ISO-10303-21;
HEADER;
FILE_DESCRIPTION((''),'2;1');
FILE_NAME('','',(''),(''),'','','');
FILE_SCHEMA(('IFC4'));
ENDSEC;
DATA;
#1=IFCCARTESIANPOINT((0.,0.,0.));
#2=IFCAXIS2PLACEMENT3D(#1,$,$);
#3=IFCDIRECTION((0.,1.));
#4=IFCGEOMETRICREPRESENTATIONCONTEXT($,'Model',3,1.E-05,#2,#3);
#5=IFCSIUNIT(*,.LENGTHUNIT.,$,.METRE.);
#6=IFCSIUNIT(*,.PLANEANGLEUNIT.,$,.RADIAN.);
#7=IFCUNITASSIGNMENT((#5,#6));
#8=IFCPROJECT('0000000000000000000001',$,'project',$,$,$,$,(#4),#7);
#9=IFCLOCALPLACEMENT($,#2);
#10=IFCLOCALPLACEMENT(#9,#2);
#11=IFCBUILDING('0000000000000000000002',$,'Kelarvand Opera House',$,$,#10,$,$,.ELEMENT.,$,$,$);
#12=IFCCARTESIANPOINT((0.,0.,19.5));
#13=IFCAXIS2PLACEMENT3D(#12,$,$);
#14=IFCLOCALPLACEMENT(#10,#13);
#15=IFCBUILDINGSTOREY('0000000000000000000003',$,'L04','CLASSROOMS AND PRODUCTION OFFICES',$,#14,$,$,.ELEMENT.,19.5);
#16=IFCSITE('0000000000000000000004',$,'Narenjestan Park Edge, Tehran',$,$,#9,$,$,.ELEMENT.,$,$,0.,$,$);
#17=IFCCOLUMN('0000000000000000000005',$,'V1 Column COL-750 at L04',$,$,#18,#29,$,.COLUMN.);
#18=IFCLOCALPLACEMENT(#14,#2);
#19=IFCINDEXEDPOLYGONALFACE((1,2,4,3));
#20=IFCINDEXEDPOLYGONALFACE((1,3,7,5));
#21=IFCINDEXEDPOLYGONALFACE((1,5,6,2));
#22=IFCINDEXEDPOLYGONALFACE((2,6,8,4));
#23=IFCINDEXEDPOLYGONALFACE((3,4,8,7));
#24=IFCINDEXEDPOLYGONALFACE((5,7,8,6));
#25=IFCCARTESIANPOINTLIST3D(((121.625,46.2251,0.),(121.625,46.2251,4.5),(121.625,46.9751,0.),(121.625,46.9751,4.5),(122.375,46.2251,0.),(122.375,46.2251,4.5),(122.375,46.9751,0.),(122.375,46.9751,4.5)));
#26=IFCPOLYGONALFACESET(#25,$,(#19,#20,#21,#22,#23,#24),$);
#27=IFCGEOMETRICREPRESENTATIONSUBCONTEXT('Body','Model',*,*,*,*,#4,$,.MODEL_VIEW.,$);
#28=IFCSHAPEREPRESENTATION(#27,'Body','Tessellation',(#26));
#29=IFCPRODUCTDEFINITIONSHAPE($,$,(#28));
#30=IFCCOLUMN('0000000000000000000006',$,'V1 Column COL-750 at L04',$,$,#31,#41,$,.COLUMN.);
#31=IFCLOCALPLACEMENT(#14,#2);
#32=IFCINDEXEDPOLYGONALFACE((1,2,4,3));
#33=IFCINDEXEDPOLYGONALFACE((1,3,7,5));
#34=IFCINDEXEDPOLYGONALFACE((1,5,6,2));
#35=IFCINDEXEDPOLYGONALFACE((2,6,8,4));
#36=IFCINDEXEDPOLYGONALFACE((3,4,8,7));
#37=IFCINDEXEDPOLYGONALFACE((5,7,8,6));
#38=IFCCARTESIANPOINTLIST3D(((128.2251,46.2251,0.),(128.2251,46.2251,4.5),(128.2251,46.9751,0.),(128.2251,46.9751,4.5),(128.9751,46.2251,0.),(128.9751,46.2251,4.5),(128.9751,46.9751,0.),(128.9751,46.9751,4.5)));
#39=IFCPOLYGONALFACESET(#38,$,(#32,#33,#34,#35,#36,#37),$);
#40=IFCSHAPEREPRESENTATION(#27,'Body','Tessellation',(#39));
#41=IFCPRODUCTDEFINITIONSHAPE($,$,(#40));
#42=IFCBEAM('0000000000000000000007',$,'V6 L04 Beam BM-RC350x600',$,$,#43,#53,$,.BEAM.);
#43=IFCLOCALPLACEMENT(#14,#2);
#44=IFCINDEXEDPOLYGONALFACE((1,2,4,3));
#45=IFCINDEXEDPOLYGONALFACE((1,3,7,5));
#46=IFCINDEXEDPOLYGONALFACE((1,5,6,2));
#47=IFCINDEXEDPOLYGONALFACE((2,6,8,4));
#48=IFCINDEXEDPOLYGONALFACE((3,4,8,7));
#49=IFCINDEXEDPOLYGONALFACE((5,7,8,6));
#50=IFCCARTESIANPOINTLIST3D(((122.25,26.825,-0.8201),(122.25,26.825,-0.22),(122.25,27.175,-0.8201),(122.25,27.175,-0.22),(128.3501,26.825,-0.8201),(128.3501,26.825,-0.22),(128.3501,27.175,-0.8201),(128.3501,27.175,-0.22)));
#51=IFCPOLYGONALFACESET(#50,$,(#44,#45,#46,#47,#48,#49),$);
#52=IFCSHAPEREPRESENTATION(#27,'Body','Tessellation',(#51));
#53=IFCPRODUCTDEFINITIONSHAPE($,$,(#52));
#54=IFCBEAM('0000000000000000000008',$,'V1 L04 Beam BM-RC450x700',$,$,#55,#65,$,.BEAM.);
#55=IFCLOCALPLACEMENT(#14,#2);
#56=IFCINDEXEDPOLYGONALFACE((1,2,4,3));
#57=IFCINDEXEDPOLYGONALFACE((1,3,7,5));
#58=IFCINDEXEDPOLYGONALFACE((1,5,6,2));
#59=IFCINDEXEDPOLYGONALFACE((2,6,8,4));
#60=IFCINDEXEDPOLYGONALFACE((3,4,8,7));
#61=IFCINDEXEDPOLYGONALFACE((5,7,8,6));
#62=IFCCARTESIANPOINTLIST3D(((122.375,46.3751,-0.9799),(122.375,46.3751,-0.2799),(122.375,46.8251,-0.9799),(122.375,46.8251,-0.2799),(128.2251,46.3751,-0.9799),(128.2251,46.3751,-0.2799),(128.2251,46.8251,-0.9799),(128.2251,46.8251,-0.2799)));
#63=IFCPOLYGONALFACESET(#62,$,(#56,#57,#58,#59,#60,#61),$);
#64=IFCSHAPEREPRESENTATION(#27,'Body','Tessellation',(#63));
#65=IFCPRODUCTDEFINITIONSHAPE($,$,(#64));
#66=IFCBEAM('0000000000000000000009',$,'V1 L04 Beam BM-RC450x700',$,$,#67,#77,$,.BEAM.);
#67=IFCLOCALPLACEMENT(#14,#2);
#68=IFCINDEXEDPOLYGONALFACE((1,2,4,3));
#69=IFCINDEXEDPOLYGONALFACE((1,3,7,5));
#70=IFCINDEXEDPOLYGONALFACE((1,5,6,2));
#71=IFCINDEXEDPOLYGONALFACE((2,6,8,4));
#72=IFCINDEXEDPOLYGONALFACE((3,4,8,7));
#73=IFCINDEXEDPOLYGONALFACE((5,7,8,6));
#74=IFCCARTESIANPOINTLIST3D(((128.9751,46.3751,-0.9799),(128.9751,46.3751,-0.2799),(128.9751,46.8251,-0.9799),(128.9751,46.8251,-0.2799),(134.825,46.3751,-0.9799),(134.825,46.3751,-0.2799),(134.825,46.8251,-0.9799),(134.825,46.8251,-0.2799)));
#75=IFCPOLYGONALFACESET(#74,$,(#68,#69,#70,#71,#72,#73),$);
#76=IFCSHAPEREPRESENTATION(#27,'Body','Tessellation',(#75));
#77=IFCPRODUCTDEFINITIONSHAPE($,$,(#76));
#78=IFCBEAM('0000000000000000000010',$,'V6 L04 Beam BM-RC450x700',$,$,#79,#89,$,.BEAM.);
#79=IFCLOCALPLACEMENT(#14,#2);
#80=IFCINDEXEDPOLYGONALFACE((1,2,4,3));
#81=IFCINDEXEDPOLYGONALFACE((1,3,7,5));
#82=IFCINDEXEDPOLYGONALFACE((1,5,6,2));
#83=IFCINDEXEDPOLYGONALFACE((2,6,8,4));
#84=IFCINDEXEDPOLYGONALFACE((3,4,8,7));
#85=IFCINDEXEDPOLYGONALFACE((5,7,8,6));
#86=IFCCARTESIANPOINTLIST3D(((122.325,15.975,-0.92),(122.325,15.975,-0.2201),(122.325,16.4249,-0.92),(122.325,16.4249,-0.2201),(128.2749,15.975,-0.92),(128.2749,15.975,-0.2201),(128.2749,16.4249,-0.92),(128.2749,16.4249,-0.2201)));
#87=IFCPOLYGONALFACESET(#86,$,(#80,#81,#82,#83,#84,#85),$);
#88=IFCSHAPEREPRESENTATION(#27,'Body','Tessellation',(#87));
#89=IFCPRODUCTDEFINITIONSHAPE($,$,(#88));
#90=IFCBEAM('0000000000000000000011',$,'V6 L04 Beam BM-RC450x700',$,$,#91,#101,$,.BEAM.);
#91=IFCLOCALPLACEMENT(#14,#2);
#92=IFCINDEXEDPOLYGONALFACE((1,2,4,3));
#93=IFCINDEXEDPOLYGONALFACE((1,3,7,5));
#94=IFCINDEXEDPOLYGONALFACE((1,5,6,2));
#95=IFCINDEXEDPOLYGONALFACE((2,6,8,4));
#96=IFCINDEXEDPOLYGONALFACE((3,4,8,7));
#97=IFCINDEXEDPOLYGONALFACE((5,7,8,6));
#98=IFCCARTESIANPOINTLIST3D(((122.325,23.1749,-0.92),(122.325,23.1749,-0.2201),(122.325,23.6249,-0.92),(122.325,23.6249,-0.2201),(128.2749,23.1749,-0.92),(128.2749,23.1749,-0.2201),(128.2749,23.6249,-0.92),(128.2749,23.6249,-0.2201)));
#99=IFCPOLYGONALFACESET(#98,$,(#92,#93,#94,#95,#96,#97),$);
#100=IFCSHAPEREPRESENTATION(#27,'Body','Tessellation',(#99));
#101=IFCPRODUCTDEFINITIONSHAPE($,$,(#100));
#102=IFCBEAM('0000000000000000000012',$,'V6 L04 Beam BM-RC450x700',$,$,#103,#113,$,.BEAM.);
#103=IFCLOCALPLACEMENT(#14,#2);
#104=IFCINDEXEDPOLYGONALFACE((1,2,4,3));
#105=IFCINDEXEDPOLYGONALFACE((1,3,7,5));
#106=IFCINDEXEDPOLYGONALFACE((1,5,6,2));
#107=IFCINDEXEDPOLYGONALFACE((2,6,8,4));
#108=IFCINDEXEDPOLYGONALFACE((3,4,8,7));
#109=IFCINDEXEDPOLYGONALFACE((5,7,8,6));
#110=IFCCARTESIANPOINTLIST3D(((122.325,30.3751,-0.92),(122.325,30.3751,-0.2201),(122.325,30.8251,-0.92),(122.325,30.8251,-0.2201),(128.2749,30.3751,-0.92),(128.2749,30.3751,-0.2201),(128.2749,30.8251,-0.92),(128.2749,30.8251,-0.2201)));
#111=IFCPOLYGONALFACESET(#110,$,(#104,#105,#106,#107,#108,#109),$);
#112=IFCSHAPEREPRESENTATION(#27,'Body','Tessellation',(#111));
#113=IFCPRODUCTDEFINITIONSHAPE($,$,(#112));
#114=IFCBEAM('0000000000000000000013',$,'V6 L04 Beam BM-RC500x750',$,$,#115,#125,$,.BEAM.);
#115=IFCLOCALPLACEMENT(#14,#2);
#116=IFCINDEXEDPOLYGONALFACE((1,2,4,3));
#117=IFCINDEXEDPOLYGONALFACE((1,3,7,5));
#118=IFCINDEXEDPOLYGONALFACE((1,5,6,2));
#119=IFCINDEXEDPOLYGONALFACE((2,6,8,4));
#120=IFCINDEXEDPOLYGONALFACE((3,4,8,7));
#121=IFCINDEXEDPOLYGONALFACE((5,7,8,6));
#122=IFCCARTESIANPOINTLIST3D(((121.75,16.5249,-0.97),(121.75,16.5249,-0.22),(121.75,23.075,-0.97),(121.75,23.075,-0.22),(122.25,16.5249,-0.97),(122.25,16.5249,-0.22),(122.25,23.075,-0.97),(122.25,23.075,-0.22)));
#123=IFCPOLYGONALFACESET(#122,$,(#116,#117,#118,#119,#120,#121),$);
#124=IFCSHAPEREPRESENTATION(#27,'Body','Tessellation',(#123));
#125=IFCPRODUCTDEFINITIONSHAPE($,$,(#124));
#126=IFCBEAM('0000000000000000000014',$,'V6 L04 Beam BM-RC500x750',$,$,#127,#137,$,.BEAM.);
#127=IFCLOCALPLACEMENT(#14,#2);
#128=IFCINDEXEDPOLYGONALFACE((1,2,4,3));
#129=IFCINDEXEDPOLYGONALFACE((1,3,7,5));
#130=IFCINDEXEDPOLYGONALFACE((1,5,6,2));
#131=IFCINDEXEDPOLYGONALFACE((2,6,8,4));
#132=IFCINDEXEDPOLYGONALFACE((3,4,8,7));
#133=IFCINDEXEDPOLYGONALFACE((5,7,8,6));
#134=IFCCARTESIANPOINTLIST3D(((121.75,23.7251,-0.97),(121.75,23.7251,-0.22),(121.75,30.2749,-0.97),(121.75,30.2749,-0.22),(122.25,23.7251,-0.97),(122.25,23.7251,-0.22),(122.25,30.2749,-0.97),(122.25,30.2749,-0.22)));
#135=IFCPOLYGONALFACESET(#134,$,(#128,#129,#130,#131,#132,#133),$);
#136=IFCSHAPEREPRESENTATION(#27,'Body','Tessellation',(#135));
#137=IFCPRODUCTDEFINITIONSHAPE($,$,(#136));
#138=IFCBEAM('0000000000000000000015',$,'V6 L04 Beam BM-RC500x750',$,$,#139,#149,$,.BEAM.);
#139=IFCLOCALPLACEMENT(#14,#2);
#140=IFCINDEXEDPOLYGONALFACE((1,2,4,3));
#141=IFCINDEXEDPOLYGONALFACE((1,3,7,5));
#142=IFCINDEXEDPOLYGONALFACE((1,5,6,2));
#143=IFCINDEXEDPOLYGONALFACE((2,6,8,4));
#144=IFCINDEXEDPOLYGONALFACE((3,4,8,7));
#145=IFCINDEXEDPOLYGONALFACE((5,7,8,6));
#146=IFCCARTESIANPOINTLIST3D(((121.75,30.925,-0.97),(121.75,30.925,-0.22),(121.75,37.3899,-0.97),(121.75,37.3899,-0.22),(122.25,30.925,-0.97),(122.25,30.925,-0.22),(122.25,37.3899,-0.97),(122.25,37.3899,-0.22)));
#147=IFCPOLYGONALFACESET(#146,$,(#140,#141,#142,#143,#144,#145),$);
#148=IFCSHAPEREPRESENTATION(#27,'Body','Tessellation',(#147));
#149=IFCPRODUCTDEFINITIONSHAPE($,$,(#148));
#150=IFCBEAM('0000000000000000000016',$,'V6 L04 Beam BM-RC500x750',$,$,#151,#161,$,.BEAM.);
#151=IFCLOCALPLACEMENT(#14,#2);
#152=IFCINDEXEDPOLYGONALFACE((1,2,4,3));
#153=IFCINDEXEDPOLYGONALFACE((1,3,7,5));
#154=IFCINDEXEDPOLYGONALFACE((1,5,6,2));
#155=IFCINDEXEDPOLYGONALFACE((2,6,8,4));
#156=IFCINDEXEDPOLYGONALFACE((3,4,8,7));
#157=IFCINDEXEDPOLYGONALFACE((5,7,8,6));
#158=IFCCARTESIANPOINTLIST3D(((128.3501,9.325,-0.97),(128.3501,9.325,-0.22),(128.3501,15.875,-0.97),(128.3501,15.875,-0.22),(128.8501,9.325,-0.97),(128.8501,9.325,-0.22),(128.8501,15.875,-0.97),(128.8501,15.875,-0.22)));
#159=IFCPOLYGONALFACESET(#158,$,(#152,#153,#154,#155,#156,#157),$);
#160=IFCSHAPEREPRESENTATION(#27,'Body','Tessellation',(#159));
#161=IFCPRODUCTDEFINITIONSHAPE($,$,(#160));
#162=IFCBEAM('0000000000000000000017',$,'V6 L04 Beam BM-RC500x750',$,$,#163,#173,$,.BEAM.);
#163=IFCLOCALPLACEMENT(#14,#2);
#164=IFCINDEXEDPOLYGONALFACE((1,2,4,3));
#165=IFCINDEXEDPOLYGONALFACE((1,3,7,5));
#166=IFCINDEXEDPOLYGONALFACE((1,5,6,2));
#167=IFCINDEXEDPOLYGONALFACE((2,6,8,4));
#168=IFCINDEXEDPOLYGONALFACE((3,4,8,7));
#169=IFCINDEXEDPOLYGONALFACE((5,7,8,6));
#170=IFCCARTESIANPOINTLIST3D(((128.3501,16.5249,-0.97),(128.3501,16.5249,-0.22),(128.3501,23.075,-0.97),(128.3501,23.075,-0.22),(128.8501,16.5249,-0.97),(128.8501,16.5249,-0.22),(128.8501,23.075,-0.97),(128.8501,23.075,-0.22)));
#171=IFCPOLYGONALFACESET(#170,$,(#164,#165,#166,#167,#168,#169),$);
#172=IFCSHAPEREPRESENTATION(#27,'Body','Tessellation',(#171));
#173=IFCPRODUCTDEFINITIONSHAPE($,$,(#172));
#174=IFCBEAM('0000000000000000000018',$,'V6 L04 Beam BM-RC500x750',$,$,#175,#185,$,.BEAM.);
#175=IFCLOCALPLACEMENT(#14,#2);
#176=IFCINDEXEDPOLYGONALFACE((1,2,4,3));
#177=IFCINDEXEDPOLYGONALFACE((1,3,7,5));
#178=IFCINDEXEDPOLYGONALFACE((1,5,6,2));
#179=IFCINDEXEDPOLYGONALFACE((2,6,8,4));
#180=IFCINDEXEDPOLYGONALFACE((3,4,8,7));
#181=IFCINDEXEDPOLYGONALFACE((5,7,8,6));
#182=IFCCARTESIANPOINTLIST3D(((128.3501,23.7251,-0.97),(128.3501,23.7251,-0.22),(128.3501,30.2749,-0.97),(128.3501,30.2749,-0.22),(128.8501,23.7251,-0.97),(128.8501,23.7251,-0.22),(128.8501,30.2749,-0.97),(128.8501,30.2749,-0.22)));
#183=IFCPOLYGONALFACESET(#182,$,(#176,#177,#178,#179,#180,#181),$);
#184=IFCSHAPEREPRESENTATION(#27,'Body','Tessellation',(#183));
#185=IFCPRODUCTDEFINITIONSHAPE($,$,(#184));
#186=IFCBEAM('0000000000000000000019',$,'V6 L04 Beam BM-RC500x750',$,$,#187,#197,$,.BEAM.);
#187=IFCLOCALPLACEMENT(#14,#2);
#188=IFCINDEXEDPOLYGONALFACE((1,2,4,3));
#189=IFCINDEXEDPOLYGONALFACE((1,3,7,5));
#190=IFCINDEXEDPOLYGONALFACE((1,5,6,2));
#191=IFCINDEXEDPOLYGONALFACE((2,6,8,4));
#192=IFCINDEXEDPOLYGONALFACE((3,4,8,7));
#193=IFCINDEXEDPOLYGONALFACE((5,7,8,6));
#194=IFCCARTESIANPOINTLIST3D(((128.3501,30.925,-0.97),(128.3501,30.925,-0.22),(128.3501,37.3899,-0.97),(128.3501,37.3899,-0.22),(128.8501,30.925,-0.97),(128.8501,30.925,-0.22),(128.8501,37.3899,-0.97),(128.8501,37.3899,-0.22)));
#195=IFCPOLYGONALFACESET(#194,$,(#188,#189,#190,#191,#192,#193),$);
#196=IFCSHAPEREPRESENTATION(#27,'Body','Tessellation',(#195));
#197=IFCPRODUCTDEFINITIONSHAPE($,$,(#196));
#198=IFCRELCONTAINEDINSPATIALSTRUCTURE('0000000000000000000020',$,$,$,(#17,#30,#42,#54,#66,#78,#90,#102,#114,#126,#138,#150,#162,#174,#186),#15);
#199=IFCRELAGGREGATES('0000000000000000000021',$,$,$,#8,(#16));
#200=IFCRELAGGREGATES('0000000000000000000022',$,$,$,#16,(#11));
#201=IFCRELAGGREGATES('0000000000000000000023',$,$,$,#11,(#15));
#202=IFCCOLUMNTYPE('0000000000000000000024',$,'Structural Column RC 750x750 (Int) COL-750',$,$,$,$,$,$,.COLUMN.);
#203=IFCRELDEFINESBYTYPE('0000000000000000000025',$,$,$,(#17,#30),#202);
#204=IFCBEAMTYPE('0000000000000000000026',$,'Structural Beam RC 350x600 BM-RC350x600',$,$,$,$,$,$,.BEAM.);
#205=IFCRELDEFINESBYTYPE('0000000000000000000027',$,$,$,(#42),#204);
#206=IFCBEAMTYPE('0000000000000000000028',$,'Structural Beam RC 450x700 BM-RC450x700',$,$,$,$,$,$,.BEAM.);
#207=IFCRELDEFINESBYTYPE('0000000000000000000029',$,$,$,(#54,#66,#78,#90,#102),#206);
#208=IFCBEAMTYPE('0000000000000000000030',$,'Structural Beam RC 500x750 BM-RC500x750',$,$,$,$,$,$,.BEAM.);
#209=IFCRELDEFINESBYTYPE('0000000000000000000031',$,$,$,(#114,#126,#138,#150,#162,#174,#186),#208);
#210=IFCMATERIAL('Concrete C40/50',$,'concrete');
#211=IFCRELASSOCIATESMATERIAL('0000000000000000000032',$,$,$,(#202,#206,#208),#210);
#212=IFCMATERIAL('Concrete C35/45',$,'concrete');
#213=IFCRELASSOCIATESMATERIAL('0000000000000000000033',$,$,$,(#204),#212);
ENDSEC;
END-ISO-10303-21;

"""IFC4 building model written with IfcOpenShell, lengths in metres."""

from ifc_helpers import new_model, si_unit, direction, frame, origin, origin_2d, place, context, subcontext, project, spatial, rectangle, extrude, material, material_profile, profile_set, type_object, element, save


model = new_model("IFC4")

# Units and contexts
model_context = context("Model", 3, precision=1e-05, world=origin(), true_north=direction((0.0, 1.0)))
body_context = subcontext(model_context, "Body", "Model", "MODEL_VIEW")
ifc_project = project(units=[si_unit("LENGTHUNIT", "METRE"), si_unit("PLANEANGLEUNIT", "RADIAN")], contexts=[model_context])

# Site, building, storey
site_placement = place(None, origin())
site = spatial("IfcSite", under=ifc_project, at=site_placement, Name="Narenjestan Park Edge, Tehran", CompositionType="ELEMENT", RefElevation=0.0)
building_placement = place(site_placement, origin())
building = spatial("IfcBuilding", under=site, at=building_placement, Name="Kelarvand Opera House", CompositionType="ELEMENT")
storey_placement = place(building_placement, frame((0.0, 0.0, 19.5)))
storey = spatial("IfcBuildingStorey", under=building, at=storey_placement, Name="L04", Description="CLASSROOMS AND PRODUCTION OFFICES", CompositionType="ELEMENT", Elevation=19.5)

# Columns
ifc_material_1 = material(Name="Concrete C40/50", Category="concrete")
ifc_material_profile_1 = material_profile(ifc_material_1, rectangle(XDim=0.75, YDim=0.75, at=origin_2d()), Name="RC 750x750", Category="concrete")
ifc_profile_set_1 = profile_set([ifc_material_profile_1], Name="Concrete C40/50")
column_type = type_object("IfcColumnType", Name="Structural Column RC 750x750 (Int) COL-750", PredefinedType="COLUMN", material=ifc_profile_set_1)
for number, where, z_axis, x_axis, name in (
    (1, (122.0, 46.6001, 0.0), (0.0, 0.0, 1.0), (1.0, 0.0, 0.0), "V1 Column COL-750 at L04"),
    (2, (128.6001, 46.6001, 0.0), (0.0, 0.0, 1.0), (1.0, 0.0, 0.0), "V1 Column COL-750 at L04"),
):
    element("IfcColumn", number, at=place(storey_placement, frame(where, z_axis=z_axis, x_axis=x_axis)), inside=storey, type_object=column_type, Name=name, PredefinedType="COLUMN", context=body_context, shape_type="SweptSolid", body=[
        extrude(rectangle(XDim=0.75, YDim=0.75, at=origin_2d()), origin(), (0.0, 0.0, 1.0), 4.5),
    ])

# Beams
ifc_material_2 = material(Name="Concrete C35/45", Category="concrete")
ifc_material_profile_2 = material_profile(ifc_material_2, rectangle(XDim=0.3501, YDim=0.6001, at=origin_2d()), Name="RC 350x600", Category="concrete")
ifc_profile_set_2 = profile_set([ifc_material_profile_2], Name="Concrete C35/45")
beam_type_1 = type_object("IfcBeamType", Name="Structural Beam RC 350x600 BM-RC350x600", PredefinedType="BEAM", material=ifc_profile_set_2)
beam_1_placement = place(storey_placement, frame((122.25, 27.0, -0.52), z_axis=(1.0, 0.0, 0.0), x_axis=(0.0, 1.0, 0.0)))
element("IfcBeam", 3, at=beam_1_placement, inside=storey, type_object=beam_type_1, Name="V6 L04 Beam BM-RC350x600", PredefinedType="BEAM", context=body_context, shape_type="SweptSolid", body=[
    extrude(rectangle(XDim=0.3501, YDim=0.6001, at=origin_2d()), origin(), (0.0, 0.0, 1.0), 6.1001),
])
ifc_material_profile_3 = material_profile(ifc_material_1, rectangle(XDim=0.45, YDim=0.7, at=origin_2d()), Name="RC 450x700", Category="concrete")
ifc_profile_set_3 = profile_set([ifc_material_profile_3], Name="Concrete C40/50")
beam_type_2 = type_object("IfcBeamType", Name="Structural Beam RC 450x700 BM-RC450x700", PredefinedType="BEAM", material=ifc_profile_set_3)
beam_2_placement = place(storey_placement, frame((122.375, 46.6001, -0.6299), z_axis=(1.0, 0.0, 0.0), x_axis=(0.0, 1.0, 0.0)))
element("IfcBeam", 4, at=beam_2_placement, inside=storey, type_object=beam_type_2, Name="V1 L04 Beam BM-RC450x700", PredefinedType="BEAM", context=body_context, shape_type="SweptSolid", body=[
    extrude(rectangle(XDim=0.45, YDim=0.7, at=origin_2d()), origin(), (0.0, 0.0, 1.0), 5.8501),
])
beam_3_placement = place(storey_placement, frame((128.9751, 46.6001, -0.6299), z_axis=(1.0, 0.0, 0.0), x_axis=(0.0, 1.0, 0.0)))
element("IfcBeam", 5, at=beam_3_placement, inside=storey, type_object=beam_type_2, Name="V1 L04 Beam BM-RC450x700", PredefinedType="BEAM", context=body_context, shape_type="SweptSolid", body=[
    extrude(rectangle(XDim=0.45, YDim=0.7, at=origin_2d()), origin(), (0.0, 0.0, 1.0), 5.8499),
])
for number, where, z_axis, x_axis, name in (
    (6, (122.325, 16.2, -0.5701), (1.0, 0.0, 0.0), (0.0, 1.0, 0.0), "V6 L04 Beam BM-RC450x700"),
    (7, (122.325, 23.3999, -0.5701), (1.0, 0.0, 0.0), (0.0, 1.0, 0.0), "V6 L04 Beam BM-RC450x700"),
    (8, (122.325, 30.6001, -0.5701), (1.0, 0.0, 0.0), (0.0, 1.0, 0.0), "V6 L04 Beam BM-RC450x700"),
):
    element("IfcBeam", number, at=place(storey_placement, frame(where, z_axis=z_axis, x_axis=x_axis)), inside=storey, type_object=beam_type_2, Name=name, PredefinedType="BEAM", context=body_context, shape_type="SweptSolid", body=[
        extrude(rectangle(XDim=0.45, YDim=0.7, at=origin_2d()), origin(), (0.0, 0.0, 1.0), 5.95),
    ])
ifc_material_profile_4 = material_profile(ifc_material_1, rectangle(XDim=0.5, YDim=0.75, at=origin_2d()), Name="RC 500x750", Category="concrete")
ifc_profile_set_4 = profile_set([ifc_material_profile_4], Name="Concrete C40/50")
beam_type_3 = type_object("IfcBeamType", Name="Structural Beam RC 500x750 BM-RC500x750", PredefinedType="BEAM", material=ifc_profile_set_4)
beam_4_placement = place(storey_placement, frame((122.0, 16.5249, -0.595), z_axis=(0.0, 1.0, 0.0), x_axis=(-1.0, 0.0, 0.0)))
element("IfcBeam", 9, at=beam_4_placement, inside=storey, type_object=beam_type_3, Name="V6 L04 Beam BM-RC500x750", PredefinedType="BEAM", context=body_context, shape_type="SweptSolid", body=[
    extrude(rectangle(XDim=0.5, YDim=0.75, at=origin_2d()), origin(), (0.0, 0.0, 1.0), 6.55),
])
beam_5_placement = place(storey_placement, frame((122.0, 23.7251, -0.595), z_axis=(0.0, 1.0, 0.0), x_axis=(-1.0, 0.0, 0.0)))
element("IfcBeam", 10, at=beam_5_placement, inside=storey, type_object=beam_type_3, Name="V6 L04 Beam BM-RC500x750", PredefinedType="BEAM", context=body_context, shape_type="SweptSolid", body=[
    extrude(rectangle(XDim=0.5, YDim=0.75, at=origin_2d()), origin(), (0.0, 0.0, 1.0), 6.5498),
])
beam_6_placement = place(storey_placement, frame((122.0, 30.925, -0.595), z_axis=(0.0, 1.0, 0.0), x_axis=(-1.0, 0.0, 0.0)))
element("IfcBeam", 11, at=beam_6_placement, inside=storey, type_object=beam_type_3, Name="V6 L04 Beam BM-RC500x750", PredefinedType="BEAM", context=body_context, shape_type="SweptSolid", body=[
    extrude(rectangle(XDim=0.5, YDim=0.75, at=origin_2d()), origin(), (0.0, 0.0, 1.0), 6.4648),
])
for number, where, z_axis, x_axis, name in (
    (12, (128.6001, 9.325, -0.595), (0.0, 1.0, 0.0), (-1.0, 0.0, 0.0), "V6 L04 Beam BM-RC500x750"),
    (13, (128.6001, 16.5249, -0.595), (0.0, 1.0, 0.0), (-1.0, 0.0, 0.0), "V6 L04 Beam BM-RC500x750"),
):
    element("IfcBeam", number, at=place(storey_placement, frame(where, z_axis=z_axis, x_axis=x_axis)), inside=storey, type_object=beam_type_3, Name=name, PredefinedType="BEAM", context=body_context, shape_type="SweptSolid", body=[
        extrude(rectangle(XDim=0.5, YDim=0.75, at=origin_2d()), origin(), (0.0, 0.0, 1.0), 6.55),
    ])
beam_7_placement = place(storey_placement, frame((128.6001, 23.7251, -0.595), z_axis=(0.0, 1.0, 0.0), x_axis=(-1.0, 0.0, 0.0)))
element("IfcBeam", 14, at=beam_7_placement, inside=storey, type_object=beam_type_3, Name="V6 L04 Beam BM-RC500x750", PredefinedType="BEAM", context=body_context, shape_type="SweptSolid", body=[
    extrude(rectangle(XDim=0.5, YDim=0.75, at=origin_2d()), origin(), (0.0, 0.0, 1.0), 6.5498),
])
beam_8_placement = place(storey_placement, frame((128.6001, 30.925, -0.595), z_axis=(0.0, 1.0, 0.0), x_axis=(-1.0, 0.0, 0.0)))
element("IfcBeam", 15, at=beam_8_placement, inside=storey, type_object=beam_type_3, Name="V6 L04 Beam BM-RC500x750", PredefinedType="BEAM", context=body_context, shape_type="SweptSolid", body=[
    extrude(rectangle(XDim=0.5, YDim=0.75, at=origin_2d()), origin(), (0.0, 0.0, 1.0), 6.4648),
])

save(model, "model.ifc")
